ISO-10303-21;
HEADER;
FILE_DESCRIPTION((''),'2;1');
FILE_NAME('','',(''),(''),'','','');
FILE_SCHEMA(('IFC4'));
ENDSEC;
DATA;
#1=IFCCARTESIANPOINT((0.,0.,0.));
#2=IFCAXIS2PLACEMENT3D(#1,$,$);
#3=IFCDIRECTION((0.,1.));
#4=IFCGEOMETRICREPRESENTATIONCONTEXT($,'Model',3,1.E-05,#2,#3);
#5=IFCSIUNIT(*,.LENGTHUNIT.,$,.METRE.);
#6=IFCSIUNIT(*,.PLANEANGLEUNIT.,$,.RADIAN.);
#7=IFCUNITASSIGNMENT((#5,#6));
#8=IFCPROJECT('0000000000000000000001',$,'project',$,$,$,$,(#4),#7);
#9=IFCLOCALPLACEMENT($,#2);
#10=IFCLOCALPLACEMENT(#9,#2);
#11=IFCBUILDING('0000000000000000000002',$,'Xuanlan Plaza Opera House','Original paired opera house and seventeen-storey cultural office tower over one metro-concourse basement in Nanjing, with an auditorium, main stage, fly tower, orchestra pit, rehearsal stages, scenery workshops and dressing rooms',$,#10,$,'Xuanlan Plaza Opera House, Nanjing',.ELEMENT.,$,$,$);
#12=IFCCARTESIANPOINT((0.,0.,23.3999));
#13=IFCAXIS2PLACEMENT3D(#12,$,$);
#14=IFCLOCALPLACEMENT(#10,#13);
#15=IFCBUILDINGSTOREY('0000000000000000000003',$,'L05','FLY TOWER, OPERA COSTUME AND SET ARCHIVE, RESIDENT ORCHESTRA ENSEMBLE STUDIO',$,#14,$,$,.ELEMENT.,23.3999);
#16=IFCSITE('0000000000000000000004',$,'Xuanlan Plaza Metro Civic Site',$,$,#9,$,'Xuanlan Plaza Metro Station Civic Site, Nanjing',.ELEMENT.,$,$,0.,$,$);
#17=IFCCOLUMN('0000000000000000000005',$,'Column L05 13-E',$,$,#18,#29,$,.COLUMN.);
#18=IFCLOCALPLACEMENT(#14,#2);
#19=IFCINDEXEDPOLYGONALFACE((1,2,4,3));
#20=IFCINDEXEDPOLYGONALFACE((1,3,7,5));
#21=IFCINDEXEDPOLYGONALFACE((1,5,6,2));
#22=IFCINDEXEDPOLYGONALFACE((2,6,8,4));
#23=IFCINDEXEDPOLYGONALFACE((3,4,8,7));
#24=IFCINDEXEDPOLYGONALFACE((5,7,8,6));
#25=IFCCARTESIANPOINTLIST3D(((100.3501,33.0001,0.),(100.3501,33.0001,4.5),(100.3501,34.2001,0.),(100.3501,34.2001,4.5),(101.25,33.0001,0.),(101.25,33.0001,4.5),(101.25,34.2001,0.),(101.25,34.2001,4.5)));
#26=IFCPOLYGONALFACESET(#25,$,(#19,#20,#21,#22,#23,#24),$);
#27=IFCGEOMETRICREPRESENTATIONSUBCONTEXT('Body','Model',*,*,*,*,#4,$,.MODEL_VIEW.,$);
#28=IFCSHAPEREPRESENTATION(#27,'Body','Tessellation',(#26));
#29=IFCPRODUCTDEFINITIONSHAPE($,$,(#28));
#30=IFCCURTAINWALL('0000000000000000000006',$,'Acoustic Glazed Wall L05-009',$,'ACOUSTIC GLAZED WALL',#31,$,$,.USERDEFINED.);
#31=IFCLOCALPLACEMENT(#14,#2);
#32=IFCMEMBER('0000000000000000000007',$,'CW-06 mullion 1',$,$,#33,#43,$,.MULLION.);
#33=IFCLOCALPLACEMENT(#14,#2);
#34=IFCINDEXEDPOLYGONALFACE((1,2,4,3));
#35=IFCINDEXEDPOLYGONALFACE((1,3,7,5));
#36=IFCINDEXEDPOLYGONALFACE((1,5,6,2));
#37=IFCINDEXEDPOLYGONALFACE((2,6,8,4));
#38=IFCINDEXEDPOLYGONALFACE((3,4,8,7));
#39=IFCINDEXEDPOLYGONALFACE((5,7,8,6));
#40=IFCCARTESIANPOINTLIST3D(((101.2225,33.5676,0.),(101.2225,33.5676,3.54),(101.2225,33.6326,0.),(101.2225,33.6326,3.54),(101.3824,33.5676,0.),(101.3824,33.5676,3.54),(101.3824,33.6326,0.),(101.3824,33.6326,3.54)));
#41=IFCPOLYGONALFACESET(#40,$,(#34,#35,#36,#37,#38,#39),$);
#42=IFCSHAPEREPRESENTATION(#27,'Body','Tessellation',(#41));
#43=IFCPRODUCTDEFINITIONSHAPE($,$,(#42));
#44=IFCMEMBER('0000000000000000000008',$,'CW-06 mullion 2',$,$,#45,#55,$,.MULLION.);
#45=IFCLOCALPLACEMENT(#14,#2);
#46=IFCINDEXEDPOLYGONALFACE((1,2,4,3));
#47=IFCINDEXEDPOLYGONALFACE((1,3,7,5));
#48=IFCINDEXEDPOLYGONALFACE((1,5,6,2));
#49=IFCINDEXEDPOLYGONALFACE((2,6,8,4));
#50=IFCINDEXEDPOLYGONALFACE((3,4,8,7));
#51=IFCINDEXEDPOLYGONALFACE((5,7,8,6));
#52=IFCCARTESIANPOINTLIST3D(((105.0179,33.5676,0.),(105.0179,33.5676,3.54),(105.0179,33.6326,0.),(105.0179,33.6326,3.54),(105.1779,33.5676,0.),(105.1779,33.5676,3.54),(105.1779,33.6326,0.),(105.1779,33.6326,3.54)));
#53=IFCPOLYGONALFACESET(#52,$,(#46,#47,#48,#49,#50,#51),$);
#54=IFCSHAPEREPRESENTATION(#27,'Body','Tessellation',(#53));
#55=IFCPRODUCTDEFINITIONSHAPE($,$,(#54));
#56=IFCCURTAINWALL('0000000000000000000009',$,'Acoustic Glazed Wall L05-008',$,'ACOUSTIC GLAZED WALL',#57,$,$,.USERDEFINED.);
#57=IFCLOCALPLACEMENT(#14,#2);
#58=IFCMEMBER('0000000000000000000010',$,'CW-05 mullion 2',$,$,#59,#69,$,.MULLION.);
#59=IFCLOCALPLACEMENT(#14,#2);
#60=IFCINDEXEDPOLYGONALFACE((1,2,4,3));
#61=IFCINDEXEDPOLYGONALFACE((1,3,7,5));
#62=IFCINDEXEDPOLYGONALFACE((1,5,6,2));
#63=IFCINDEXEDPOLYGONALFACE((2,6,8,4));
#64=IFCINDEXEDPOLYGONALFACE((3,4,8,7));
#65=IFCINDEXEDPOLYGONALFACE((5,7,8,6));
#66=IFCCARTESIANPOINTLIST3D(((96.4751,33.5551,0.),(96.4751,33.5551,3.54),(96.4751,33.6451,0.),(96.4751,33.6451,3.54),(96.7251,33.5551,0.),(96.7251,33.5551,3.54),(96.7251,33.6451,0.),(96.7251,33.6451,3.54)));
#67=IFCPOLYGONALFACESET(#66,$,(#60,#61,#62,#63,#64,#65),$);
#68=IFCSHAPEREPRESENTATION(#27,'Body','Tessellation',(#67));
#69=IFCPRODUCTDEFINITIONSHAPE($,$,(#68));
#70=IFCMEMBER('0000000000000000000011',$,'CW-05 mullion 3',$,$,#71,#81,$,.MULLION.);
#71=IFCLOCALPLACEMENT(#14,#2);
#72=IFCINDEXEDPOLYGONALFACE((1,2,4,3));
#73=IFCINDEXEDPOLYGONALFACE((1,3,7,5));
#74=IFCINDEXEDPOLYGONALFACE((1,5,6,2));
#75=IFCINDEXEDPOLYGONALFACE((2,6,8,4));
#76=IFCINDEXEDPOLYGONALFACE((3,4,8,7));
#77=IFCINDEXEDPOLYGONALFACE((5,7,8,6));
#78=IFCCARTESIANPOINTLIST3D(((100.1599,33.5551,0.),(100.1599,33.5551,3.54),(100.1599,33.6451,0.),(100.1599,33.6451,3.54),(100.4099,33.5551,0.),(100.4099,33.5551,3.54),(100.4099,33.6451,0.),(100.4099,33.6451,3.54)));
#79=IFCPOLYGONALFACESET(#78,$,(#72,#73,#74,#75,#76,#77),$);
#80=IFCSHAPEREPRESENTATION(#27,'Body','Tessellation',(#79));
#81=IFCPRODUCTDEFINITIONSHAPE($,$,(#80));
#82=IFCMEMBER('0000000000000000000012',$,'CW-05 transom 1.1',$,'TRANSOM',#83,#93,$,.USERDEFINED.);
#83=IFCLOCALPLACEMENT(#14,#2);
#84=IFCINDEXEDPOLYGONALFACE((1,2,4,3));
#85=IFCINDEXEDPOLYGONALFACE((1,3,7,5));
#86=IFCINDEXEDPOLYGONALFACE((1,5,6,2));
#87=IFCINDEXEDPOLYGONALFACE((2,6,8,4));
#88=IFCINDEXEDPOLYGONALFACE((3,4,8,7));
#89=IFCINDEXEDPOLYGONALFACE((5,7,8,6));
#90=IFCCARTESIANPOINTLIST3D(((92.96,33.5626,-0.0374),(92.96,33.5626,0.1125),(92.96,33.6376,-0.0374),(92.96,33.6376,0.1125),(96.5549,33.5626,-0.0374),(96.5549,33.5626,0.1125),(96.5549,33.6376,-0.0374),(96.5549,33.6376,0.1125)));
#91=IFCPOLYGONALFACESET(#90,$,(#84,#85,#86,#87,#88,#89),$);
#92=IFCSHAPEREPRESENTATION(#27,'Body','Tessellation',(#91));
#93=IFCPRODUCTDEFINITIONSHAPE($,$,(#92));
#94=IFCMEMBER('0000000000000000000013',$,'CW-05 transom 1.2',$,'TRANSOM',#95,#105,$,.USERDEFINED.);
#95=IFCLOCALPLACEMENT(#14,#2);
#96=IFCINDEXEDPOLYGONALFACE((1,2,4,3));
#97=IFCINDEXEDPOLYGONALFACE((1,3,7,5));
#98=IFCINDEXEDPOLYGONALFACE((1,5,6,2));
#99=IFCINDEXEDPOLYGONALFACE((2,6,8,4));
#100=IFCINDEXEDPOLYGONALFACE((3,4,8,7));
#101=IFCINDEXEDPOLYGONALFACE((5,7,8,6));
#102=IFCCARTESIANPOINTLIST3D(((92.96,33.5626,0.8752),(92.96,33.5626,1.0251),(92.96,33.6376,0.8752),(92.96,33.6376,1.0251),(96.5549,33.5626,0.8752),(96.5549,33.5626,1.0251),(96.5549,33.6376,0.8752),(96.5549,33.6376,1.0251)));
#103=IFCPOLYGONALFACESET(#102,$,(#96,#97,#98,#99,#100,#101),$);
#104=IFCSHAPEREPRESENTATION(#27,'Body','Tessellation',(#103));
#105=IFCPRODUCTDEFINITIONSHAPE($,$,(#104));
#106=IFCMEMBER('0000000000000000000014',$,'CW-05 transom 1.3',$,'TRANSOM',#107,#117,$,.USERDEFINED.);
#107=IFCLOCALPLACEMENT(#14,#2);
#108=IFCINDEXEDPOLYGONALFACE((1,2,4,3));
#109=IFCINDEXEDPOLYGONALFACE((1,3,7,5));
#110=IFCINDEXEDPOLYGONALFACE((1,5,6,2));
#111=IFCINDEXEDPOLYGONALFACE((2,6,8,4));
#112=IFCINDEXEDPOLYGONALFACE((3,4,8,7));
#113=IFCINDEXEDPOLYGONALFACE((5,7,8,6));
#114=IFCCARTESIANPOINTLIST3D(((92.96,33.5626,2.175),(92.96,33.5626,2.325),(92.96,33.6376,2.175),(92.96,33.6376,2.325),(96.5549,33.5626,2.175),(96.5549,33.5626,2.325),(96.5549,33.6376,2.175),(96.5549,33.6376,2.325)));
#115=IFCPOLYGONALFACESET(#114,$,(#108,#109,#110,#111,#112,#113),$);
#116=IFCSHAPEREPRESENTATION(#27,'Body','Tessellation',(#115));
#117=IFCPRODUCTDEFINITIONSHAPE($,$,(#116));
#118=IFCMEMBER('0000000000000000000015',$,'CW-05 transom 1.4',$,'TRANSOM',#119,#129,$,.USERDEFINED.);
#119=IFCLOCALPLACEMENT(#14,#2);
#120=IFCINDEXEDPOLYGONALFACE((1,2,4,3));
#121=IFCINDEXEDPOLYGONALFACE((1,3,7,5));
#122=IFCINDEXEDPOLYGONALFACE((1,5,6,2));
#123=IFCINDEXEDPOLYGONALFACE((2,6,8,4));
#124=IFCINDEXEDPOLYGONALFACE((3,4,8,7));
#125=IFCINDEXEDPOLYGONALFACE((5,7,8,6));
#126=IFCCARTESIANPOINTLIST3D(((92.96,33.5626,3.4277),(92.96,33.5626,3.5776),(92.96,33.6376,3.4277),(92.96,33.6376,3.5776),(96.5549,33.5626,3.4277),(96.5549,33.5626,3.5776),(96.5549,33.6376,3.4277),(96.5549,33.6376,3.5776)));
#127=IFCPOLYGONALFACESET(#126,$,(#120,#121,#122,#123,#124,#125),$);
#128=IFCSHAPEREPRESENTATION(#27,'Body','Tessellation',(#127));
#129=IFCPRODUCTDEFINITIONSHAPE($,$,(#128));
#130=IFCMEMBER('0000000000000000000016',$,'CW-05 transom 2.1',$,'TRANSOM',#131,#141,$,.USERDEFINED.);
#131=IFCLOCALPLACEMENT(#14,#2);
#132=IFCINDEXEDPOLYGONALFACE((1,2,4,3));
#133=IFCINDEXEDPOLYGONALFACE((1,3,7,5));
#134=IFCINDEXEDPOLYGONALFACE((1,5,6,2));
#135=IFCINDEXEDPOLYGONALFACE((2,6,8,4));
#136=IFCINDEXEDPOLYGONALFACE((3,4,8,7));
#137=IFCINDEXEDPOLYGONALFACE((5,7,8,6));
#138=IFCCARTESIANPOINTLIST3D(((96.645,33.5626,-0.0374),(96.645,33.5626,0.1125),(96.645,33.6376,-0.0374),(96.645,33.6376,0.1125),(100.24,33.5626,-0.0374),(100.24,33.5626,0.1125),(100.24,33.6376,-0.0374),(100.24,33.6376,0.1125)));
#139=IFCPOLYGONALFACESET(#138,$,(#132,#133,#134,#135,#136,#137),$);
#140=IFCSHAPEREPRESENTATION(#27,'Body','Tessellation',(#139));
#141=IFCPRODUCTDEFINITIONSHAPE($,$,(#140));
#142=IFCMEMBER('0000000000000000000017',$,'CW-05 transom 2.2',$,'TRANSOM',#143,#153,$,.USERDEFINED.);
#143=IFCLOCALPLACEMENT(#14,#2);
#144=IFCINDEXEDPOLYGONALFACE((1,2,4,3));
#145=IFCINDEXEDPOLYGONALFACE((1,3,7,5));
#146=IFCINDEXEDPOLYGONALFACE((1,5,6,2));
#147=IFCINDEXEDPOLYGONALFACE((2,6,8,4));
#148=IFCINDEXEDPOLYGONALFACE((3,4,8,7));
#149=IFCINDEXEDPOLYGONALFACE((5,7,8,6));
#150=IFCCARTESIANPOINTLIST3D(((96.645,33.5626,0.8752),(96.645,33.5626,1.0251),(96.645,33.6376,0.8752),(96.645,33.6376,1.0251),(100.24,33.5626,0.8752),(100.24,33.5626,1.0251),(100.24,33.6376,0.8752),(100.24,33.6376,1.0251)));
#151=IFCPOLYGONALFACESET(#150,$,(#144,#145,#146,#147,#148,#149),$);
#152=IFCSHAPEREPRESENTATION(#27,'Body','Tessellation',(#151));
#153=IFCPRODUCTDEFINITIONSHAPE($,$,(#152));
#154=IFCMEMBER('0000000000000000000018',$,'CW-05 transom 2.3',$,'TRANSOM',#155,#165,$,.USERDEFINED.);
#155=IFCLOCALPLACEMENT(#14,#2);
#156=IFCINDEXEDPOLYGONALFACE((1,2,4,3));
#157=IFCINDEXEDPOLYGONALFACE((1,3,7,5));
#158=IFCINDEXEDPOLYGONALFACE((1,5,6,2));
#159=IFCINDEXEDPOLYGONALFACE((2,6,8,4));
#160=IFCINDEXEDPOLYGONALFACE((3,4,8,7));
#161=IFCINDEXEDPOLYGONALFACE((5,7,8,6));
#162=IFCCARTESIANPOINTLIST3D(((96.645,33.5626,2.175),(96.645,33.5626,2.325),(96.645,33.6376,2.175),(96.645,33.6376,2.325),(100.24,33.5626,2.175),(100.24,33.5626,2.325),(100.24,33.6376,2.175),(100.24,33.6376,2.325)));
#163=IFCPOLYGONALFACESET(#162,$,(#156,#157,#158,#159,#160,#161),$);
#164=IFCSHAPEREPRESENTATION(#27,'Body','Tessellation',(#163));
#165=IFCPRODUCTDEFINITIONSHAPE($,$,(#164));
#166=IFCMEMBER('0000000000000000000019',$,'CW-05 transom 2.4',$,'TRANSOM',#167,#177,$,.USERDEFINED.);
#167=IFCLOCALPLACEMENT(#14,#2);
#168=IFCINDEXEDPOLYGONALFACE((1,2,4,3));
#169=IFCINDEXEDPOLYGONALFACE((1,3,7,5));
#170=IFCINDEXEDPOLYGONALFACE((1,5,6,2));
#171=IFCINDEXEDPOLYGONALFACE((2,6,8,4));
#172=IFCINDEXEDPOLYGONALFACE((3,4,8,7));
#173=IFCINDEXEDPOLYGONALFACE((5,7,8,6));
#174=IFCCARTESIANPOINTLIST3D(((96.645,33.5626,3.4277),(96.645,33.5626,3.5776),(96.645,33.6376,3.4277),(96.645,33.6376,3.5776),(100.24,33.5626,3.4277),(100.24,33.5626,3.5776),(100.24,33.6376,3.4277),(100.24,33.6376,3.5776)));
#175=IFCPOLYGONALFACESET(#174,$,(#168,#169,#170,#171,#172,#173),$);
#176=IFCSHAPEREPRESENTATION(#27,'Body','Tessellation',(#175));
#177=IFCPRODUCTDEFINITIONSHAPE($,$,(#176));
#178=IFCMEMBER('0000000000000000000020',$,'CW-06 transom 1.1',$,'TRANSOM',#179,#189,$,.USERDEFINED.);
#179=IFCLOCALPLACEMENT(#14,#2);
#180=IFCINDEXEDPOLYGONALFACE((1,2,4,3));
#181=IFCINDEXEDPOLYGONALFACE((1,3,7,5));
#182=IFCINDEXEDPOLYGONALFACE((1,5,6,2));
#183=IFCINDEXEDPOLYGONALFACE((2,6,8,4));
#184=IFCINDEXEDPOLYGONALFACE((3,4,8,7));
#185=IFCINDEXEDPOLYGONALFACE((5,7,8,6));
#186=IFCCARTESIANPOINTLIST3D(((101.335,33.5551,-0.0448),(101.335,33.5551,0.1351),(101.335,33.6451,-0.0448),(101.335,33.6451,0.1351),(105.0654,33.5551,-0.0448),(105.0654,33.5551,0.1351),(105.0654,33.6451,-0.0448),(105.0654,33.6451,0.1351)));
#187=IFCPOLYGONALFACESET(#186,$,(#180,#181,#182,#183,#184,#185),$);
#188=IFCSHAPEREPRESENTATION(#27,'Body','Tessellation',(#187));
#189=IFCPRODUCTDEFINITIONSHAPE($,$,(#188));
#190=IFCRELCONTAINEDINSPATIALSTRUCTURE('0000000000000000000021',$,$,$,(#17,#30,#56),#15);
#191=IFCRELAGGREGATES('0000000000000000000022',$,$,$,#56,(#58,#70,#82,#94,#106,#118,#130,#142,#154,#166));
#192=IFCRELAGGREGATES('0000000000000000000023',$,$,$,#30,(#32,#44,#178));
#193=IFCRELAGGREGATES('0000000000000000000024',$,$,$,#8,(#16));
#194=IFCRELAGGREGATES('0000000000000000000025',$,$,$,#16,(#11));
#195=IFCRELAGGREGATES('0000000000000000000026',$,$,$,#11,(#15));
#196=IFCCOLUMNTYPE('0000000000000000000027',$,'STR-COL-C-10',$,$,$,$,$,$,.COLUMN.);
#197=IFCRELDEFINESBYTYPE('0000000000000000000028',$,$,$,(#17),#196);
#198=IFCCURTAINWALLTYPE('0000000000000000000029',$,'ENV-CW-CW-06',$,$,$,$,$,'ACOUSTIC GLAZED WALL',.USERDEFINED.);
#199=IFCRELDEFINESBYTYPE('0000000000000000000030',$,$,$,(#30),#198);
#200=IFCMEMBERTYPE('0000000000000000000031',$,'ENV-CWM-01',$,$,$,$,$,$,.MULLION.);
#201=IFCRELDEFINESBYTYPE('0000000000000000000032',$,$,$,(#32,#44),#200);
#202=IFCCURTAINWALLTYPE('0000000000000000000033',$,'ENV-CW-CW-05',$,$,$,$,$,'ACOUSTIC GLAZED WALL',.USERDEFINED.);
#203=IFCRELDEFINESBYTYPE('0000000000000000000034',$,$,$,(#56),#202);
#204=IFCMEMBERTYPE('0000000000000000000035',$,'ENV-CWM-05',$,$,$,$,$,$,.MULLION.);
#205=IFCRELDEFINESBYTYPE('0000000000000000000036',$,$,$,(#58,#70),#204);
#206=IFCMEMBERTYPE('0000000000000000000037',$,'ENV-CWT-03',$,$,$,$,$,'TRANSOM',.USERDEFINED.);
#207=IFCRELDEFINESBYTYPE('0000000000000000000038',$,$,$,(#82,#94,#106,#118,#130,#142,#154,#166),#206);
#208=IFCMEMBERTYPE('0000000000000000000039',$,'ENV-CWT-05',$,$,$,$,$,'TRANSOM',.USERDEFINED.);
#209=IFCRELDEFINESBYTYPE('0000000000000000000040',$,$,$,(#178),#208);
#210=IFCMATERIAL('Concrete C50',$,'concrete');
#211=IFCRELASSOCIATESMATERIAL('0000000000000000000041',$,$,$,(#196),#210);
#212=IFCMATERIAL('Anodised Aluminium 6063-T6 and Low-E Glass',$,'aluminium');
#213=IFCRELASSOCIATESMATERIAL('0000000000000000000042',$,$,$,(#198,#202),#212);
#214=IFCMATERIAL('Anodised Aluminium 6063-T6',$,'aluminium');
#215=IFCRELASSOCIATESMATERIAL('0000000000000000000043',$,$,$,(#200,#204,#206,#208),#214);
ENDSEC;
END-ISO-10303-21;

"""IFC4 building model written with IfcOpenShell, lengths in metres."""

from ifc_helpers import new_model, si_unit, direction, frame, origin, origin_2d, place, context, subcontext, project, spatial, rectangle, extrude, material, material_profile, profile_set, type_object, element, aggregate, save


model = new_model("IFC4")

# Units and contexts
model_context = context("Model", 3, precision=1e-05, world=origin(), true_north=direction((0.0, 1.0)))
body_context = subcontext(model_context, "Body", "Model", "MODEL_VIEW")
ifc_project = project(units=[si_unit("LENGTHUNIT", "METRE"), si_unit("PLANEANGLEUNIT", "RADIAN")], contexts=[model_context])

# Site, building, storey
site_placement = place(None, origin())
site = spatial("IfcSite", under=ifc_project, at=site_placement, Name="Xuanlan Plaza Metro Civic Site", LongName="Xuanlan Plaza Metro Station Civic Site, Nanjing", CompositionType="ELEMENT", RefElevation=0.0)
building_placement = place(site_placement, origin())
building = spatial("IfcBuilding", under=site, at=building_placement, Name="Xuanlan Plaza Opera House", Description="Original paired opera house and seventeen-storey cultural office tower over one metro-concourse basement in Nanjing, with an auditorium, main stage, fly tower, orchestra pit, rehearsal stages, scenery workshops and dressing rooms", LongName="Xuanlan Plaza Opera House, Nanjing", CompositionType="ELEMENT")
storey_placement = place(building_placement, frame((0.0, 0.0, 23.3999)))
storey = spatial("IfcBuildingStorey", under=building, at=storey_placement, Name="L05", Description="FLY TOWER, OPERA COSTUME AND SET ARCHIVE, RESIDENT ORCHESTRA ENSEMBLE STUDIO", CompositionType="ELEMENT", Elevation=23.3999)

# Column
ifc_material_1 = material(Name="Concrete C50", Category="concrete")
ifc_material_profile_1 = material_profile(ifc_material_1, rectangle(XDim=0.8999, YDim=1.2, at=origin_2d()), Name="RC-COL 900x1200")
ifc_profile_set_1 = profile_set([ifc_material_profile_1], Name="Concrete C50")
column_type = type_object("IfcColumnType", Name="STR-COL-C-10", PredefinedType="COLUMN", material=ifc_profile_set_1)
column_placement = place(storey_placement, frame((100.8, 33.6001, 0.0), z_axis=(0.0, 0.0, 1.0), x_axis=(1.0, 0.0, 0.0)))
element("IfcColumn", 1, at=column_placement, inside=storey, type_object=column_type, Name="Column L05 13-E", PredefinedType="COLUMN", context=body_context, shape_type="SweptSolid", body=[
    extrude(rectangle(XDim=0.8999, YDim=1.2, at=origin_2d()), origin(), (0.0, 0.0, 1.0), 4.5),
])

# Curtain walls, members
ifc_material_2 = material(Name="Anodised Aluminium 6063-T6 and Low-E Glass", Category="aluminium")
curtain_wall_type_1 = type_object("IfcCurtainWallType", Name="ENV-CW-CW-06", ElementType="ACOUSTIC GLAZED WALL", PredefinedType="USERDEFINED", material=ifc_material_2)
curtain_wall_1_placement = place(storey_placement, origin())
curtain_wall_1 = element("IfcCurtainWall", 2, at=curtain_wall_1_placement, inside=storey, type_object=curtain_wall_type_1, Name="Acoustic Glazed Wall L05-009", ObjectType="ACOUSTIC GLAZED WALL", PredefinedType="USERDEFINED")
ifc_material_3 = material(Name="Anodised Aluminium 6063-T6", Category="aluminium")
ifc_material_profile_2 = material_profile(ifc_material_3, rectangle(XDim=0.0649, YDim=0.1599, at=origin_2d()), Name="ALU-M 65x160")
ifc_profile_set_2 = profile_set([ifc_material_profile_2], Name="Anodised Aluminium 6063-T6")
member_type_1 = type_object("IfcMemberType", Name="ENV-CWM-01", PredefinedType="MULLION", material=ifc_profile_set_2)
member_1_placement = place(storey_placement, frame((101.3025, 33.6001, 0.0), z_axis=(0.0, 0.0, 1.0), x_axis=(0.0, 1.0, 0.0)))
member_1 = element("IfcMember", 3, at=member_1_placement, type_object=member_type_1, Name="CW-06 mullion 1", PredefinedType="MULLION", context=body_context, shape_type="SweptSolid", body=[
    extrude(rectangle(XDim=0.0649, YDim=0.1599, at=origin_2d()), origin(), (0.0, 0.0, 1.0), 3.54),
])
member_2_placement = place(storey_placement, frame((105.0979, 33.6001, 0.0), z_axis=(0.0, 0.0, 1.0), x_axis=(0.0, 1.0, 0.0)))
member_2 = element("IfcMember", 4, at=member_2_placement, type_object=member_type_1, Name="CW-06 mullion 2", PredefinedType="MULLION", context=body_context, shape_type="SweptSolid", body=[
    extrude(rectangle(XDim=0.0649, YDim=0.1599, at=origin_2d()), origin(), (0.0, 0.0, 1.0), 3.54),
])
curtain_wall_type_2 = type_object("IfcCurtainWallType", Name="ENV-CW-CW-05", ElementType="ACOUSTIC GLAZED WALL", PredefinedType="USERDEFINED", material=ifc_material_2)
curtain_wall_2_placement = place(storey_placement, origin())
curtain_wall_2 = element("IfcCurtainWall", 5, at=curtain_wall_2_placement, inside=storey, type_object=curtain_wall_type_2, Name="Acoustic Glazed Wall L05-008", ObjectType="ACOUSTIC GLAZED WALL", PredefinedType="USERDEFINED")
ifc_material_profile_3 = material_profile(ifc_material_3, rectangle(XDim=0.0901, YDim=0.25, at=origin_2d()), Name="ALU-M 90x250")
ifc_profile_set_3 = profile_set([ifc_material_profile_3], Name="Anodised Aluminium 6063-T6")
member_type_2 = type_object("IfcMemberType", Name="ENV-CWM-05", PredefinedType="MULLION", material=ifc_profile_set_3)
member_3_placement = place(storey_placement, frame((96.6001, 33.6001, 0.0), z_axis=(0.0, 0.0, 1.0), x_axis=(0.0, 1.0, 0.0)))
member_3 = element("IfcMember", 6, at=member_3_placement, type_object=member_type_2, Name="CW-05 mullion 2", PredefinedType="MULLION", context=body_context, shape_type="SweptSolid", body=[
    extrude(rectangle(XDim=0.0901, YDim=0.25, at=origin_2d()), origin(), (0.0, 0.0, 1.0), 3.54),
])
member_4_placement = place(storey_placement, frame((100.2849, 33.6001, 0.0), z_axis=(0.0, 0.0, 1.0), x_axis=(0.0, 1.0, 0.0)))
member_4 = element("IfcMember", 7, at=member_4_placement, type_object=member_type_2, Name="CW-05 mullion 3", PredefinedType="MULLION", context=body_context, shape_type="SweptSolid", body=[
    extrude(rectangle(XDim=0.0901, YDim=0.25, at=origin_2d()), origin(), (0.0, 0.0, 1.0), 3.54),
])
ifc_material_profile_4 = material_profile(ifc_material_3, rectangle(XDim=0.075, YDim=0.1499, at=origin_2d()), Name="ALU-T 75x150")
ifc_profile_set_4 = profile_set([ifc_material_profile_4], Name="Anodised Aluminium 6063-T6")
member_type_3 = type_object("IfcMemberType", Name="ENV-CWT-03", ElementType="TRANSOM", PredefinedType="USERDEFINED", material=ifc_profile_set_4)
member_5_placement = place(storey_placement, frame((92.96, 33.6001, 0.0376), z_axis=(1.0, 0.0, 0.0), x_axis=(0.0, 1.0, 0.0)))
member_5 = element("IfcMember", 8, at=member_5_placement, type_object=member_type_3, Name="CW-05 transom 1.1", ObjectType="TRANSOM", PredefinedType="USERDEFINED", context=body_context, shape_type="SweptSolid", body=[
    extrude(rectangle(XDim=0.075, YDim=0.1499, at=origin_2d()), origin(), (0.0, 0.0, 1.0), 3.595),
])
member_6_placement = place(storey_placement, frame((92.96, 33.6001, 0.9502), z_axis=(1.0, 0.0, 0.0), x_axis=(0.0, 1.0, 0.0)))
member_6 = element("IfcMember", 9, at=member_6_placement, type_object=member_type_3, Name="CW-05 transom 1.2", ObjectType="TRANSOM", PredefinedType="USERDEFINED", context=body_context, shape_type="SweptSolid", body=[
    extrude(rectangle(XDim=0.075, YDim=0.1499, at=origin_2d()), origin(), (0.0, 0.0, 1.0), 3.595),
])
member_7_placement = place(storey_placement, frame((92.96, 33.6001, 2.25), z_axis=(1.0, 0.0, 0.0), x_axis=(0.0, 1.0, 0.0)))
member_7 = element("IfcMember", 10, at=member_7_placement, type_object=member_type_3, Name="CW-05 transom 1.3", ObjectType="TRANSOM", PredefinedType="USERDEFINED", context=body_context, shape_type="SweptSolid", body=[
    extrude(rectangle(XDim=0.075, YDim=0.1499, at=origin_2d()), origin(), (0.0, 0.0, 1.0), 3.595),
])
member_8_placement = place(storey_placement, frame((92.96, 33.6001, 3.5027), z_axis=(1.0, 0.0, 0.0), x_axis=(0.0, 1.0, 0.0)))
member_8 = element("IfcMember", 11, at=member_8_placement, type_object=member_type_3, Name="CW-05 transom 1.4", ObjectType="TRANSOM", PredefinedType="USERDEFINED", context=body_context, shape_type="SweptSolid", body=[
    extrude(rectangle(XDim=0.075, YDim=0.1499, at=origin_2d()), origin(), (0.0, 0.0, 1.0), 3.595),
])
member_9_placement = place(storey_placement, frame((96.645, 33.6001, 0.0376), z_axis=(1.0, 0.0, 0.0), x_axis=(0.0, 1.0, 0.0)))
member_9 = element("IfcMember", 12, at=member_9_placement, type_object=member_type_3, Name="CW-05 transom 2.1", ObjectType="TRANSOM", PredefinedType="USERDEFINED", context=body_context, shape_type="SweptSolid", body=[
    extrude(rectangle(XDim=0.075, YDim=0.1499, at=origin_2d()), origin(), (0.0, 0.0, 1.0), 3.595),
])
member_10_placement = place(storey_placement, frame((96.645, 33.6001, 0.9502), z_axis=(1.0, 0.0, 0.0), x_axis=(0.0, 1.0, 0.0)))
member_10 = element("IfcMember", 13, at=member_10_placement, type_object=member_type_3, Name="CW-05 transom 2.2", ObjectType="TRANSOM", PredefinedType="USERDEFINED", context=body_context, shape_type="SweptSolid", body=[
    extrude(rectangle(XDim=0.075, YDim=0.1499, at=origin_2d()), origin(), (0.0, 0.0, 1.0), 3.595),
])
member_11_placement = place(storey_placement, frame((96.645, 33.6001, 2.25), z_axis=(1.0, 0.0, 0.0), x_axis=(0.0, 1.0, 0.0)))
member_11 = element("IfcMember", 14, at=member_11_placement, type_object=member_type_3, Name="CW-05 transom 2.3", ObjectType="TRANSOM", PredefinedType="USERDEFINED", context=body_context, shape_type="SweptSolid", body=[
    extrude(rectangle(XDim=0.075, YDim=0.1499, at=origin_2d()), origin(), (0.0, 0.0, 1.0), 3.595),
])
member_12_placement = place(storey_placement, frame((96.645, 33.6001, 3.5027), z_axis=(1.0, 0.0, 0.0), x_axis=(0.0, 1.0, 0.0)))
member_12 = element("IfcMember", 15, at=member_12_placement, type_object=member_type_3, Name="CW-05 transom 2.4", ObjectType="TRANSOM", PredefinedType="USERDEFINED", context=body_context, shape_type="SweptSolid", body=[
    extrude(rectangle(XDim=0.075, YDim=0.1499, at=origin_2d()), origin(), (0.0, 0.0, 1.0), 3.595),
])

# Member
ifc_material_profile_5 = material_profile(ifc_material_3, rectangle(XDim=0.0901, YDim=0.1799, at=origin_2d()), Name="ALU-T 90x180")
ifc_profile_set_5 = profile_set([ifc_material_profile_5], Name="Anodised Aluminium 6063-T6")
member_type_4 = type_object("IfcMemberType", Name="ENV-CWT-05", ElementType="TRANSOM", PredefinedType="USERDEFINED", material=ifc_profile_set_5)
member_13_placement = place(storey_placement, frame((101.335, 33.6001, 0.0452), z_axis=(1.0, 0.0, 0.0), x_axis=(0.0, 1.0, 0.0)))
member_13 = element("IfcMember", 16, at=member_13_placement, type_object=member_type_4, Name="CW-06 transom 1.1", ObjectType="TRANSOM", PredefinedType="USERDEFINED", context=body_context, shape_type="SweptSolid", body=[
    extrude(rectangle(XDim=0.0901, YDim=0.1799, at=origin_2d()), origin(), (0.0, 0.0, 1.0), 3.7305),
])

aggregate(curtain_wall_2, [member_3, member_4, member_5, member_6, member_7, member_8, member_9, member_10, member_11, member_12])
aggregate(curtain_wall_1, [member_1, member_2, member_13])

save(model, "model.ifc")
